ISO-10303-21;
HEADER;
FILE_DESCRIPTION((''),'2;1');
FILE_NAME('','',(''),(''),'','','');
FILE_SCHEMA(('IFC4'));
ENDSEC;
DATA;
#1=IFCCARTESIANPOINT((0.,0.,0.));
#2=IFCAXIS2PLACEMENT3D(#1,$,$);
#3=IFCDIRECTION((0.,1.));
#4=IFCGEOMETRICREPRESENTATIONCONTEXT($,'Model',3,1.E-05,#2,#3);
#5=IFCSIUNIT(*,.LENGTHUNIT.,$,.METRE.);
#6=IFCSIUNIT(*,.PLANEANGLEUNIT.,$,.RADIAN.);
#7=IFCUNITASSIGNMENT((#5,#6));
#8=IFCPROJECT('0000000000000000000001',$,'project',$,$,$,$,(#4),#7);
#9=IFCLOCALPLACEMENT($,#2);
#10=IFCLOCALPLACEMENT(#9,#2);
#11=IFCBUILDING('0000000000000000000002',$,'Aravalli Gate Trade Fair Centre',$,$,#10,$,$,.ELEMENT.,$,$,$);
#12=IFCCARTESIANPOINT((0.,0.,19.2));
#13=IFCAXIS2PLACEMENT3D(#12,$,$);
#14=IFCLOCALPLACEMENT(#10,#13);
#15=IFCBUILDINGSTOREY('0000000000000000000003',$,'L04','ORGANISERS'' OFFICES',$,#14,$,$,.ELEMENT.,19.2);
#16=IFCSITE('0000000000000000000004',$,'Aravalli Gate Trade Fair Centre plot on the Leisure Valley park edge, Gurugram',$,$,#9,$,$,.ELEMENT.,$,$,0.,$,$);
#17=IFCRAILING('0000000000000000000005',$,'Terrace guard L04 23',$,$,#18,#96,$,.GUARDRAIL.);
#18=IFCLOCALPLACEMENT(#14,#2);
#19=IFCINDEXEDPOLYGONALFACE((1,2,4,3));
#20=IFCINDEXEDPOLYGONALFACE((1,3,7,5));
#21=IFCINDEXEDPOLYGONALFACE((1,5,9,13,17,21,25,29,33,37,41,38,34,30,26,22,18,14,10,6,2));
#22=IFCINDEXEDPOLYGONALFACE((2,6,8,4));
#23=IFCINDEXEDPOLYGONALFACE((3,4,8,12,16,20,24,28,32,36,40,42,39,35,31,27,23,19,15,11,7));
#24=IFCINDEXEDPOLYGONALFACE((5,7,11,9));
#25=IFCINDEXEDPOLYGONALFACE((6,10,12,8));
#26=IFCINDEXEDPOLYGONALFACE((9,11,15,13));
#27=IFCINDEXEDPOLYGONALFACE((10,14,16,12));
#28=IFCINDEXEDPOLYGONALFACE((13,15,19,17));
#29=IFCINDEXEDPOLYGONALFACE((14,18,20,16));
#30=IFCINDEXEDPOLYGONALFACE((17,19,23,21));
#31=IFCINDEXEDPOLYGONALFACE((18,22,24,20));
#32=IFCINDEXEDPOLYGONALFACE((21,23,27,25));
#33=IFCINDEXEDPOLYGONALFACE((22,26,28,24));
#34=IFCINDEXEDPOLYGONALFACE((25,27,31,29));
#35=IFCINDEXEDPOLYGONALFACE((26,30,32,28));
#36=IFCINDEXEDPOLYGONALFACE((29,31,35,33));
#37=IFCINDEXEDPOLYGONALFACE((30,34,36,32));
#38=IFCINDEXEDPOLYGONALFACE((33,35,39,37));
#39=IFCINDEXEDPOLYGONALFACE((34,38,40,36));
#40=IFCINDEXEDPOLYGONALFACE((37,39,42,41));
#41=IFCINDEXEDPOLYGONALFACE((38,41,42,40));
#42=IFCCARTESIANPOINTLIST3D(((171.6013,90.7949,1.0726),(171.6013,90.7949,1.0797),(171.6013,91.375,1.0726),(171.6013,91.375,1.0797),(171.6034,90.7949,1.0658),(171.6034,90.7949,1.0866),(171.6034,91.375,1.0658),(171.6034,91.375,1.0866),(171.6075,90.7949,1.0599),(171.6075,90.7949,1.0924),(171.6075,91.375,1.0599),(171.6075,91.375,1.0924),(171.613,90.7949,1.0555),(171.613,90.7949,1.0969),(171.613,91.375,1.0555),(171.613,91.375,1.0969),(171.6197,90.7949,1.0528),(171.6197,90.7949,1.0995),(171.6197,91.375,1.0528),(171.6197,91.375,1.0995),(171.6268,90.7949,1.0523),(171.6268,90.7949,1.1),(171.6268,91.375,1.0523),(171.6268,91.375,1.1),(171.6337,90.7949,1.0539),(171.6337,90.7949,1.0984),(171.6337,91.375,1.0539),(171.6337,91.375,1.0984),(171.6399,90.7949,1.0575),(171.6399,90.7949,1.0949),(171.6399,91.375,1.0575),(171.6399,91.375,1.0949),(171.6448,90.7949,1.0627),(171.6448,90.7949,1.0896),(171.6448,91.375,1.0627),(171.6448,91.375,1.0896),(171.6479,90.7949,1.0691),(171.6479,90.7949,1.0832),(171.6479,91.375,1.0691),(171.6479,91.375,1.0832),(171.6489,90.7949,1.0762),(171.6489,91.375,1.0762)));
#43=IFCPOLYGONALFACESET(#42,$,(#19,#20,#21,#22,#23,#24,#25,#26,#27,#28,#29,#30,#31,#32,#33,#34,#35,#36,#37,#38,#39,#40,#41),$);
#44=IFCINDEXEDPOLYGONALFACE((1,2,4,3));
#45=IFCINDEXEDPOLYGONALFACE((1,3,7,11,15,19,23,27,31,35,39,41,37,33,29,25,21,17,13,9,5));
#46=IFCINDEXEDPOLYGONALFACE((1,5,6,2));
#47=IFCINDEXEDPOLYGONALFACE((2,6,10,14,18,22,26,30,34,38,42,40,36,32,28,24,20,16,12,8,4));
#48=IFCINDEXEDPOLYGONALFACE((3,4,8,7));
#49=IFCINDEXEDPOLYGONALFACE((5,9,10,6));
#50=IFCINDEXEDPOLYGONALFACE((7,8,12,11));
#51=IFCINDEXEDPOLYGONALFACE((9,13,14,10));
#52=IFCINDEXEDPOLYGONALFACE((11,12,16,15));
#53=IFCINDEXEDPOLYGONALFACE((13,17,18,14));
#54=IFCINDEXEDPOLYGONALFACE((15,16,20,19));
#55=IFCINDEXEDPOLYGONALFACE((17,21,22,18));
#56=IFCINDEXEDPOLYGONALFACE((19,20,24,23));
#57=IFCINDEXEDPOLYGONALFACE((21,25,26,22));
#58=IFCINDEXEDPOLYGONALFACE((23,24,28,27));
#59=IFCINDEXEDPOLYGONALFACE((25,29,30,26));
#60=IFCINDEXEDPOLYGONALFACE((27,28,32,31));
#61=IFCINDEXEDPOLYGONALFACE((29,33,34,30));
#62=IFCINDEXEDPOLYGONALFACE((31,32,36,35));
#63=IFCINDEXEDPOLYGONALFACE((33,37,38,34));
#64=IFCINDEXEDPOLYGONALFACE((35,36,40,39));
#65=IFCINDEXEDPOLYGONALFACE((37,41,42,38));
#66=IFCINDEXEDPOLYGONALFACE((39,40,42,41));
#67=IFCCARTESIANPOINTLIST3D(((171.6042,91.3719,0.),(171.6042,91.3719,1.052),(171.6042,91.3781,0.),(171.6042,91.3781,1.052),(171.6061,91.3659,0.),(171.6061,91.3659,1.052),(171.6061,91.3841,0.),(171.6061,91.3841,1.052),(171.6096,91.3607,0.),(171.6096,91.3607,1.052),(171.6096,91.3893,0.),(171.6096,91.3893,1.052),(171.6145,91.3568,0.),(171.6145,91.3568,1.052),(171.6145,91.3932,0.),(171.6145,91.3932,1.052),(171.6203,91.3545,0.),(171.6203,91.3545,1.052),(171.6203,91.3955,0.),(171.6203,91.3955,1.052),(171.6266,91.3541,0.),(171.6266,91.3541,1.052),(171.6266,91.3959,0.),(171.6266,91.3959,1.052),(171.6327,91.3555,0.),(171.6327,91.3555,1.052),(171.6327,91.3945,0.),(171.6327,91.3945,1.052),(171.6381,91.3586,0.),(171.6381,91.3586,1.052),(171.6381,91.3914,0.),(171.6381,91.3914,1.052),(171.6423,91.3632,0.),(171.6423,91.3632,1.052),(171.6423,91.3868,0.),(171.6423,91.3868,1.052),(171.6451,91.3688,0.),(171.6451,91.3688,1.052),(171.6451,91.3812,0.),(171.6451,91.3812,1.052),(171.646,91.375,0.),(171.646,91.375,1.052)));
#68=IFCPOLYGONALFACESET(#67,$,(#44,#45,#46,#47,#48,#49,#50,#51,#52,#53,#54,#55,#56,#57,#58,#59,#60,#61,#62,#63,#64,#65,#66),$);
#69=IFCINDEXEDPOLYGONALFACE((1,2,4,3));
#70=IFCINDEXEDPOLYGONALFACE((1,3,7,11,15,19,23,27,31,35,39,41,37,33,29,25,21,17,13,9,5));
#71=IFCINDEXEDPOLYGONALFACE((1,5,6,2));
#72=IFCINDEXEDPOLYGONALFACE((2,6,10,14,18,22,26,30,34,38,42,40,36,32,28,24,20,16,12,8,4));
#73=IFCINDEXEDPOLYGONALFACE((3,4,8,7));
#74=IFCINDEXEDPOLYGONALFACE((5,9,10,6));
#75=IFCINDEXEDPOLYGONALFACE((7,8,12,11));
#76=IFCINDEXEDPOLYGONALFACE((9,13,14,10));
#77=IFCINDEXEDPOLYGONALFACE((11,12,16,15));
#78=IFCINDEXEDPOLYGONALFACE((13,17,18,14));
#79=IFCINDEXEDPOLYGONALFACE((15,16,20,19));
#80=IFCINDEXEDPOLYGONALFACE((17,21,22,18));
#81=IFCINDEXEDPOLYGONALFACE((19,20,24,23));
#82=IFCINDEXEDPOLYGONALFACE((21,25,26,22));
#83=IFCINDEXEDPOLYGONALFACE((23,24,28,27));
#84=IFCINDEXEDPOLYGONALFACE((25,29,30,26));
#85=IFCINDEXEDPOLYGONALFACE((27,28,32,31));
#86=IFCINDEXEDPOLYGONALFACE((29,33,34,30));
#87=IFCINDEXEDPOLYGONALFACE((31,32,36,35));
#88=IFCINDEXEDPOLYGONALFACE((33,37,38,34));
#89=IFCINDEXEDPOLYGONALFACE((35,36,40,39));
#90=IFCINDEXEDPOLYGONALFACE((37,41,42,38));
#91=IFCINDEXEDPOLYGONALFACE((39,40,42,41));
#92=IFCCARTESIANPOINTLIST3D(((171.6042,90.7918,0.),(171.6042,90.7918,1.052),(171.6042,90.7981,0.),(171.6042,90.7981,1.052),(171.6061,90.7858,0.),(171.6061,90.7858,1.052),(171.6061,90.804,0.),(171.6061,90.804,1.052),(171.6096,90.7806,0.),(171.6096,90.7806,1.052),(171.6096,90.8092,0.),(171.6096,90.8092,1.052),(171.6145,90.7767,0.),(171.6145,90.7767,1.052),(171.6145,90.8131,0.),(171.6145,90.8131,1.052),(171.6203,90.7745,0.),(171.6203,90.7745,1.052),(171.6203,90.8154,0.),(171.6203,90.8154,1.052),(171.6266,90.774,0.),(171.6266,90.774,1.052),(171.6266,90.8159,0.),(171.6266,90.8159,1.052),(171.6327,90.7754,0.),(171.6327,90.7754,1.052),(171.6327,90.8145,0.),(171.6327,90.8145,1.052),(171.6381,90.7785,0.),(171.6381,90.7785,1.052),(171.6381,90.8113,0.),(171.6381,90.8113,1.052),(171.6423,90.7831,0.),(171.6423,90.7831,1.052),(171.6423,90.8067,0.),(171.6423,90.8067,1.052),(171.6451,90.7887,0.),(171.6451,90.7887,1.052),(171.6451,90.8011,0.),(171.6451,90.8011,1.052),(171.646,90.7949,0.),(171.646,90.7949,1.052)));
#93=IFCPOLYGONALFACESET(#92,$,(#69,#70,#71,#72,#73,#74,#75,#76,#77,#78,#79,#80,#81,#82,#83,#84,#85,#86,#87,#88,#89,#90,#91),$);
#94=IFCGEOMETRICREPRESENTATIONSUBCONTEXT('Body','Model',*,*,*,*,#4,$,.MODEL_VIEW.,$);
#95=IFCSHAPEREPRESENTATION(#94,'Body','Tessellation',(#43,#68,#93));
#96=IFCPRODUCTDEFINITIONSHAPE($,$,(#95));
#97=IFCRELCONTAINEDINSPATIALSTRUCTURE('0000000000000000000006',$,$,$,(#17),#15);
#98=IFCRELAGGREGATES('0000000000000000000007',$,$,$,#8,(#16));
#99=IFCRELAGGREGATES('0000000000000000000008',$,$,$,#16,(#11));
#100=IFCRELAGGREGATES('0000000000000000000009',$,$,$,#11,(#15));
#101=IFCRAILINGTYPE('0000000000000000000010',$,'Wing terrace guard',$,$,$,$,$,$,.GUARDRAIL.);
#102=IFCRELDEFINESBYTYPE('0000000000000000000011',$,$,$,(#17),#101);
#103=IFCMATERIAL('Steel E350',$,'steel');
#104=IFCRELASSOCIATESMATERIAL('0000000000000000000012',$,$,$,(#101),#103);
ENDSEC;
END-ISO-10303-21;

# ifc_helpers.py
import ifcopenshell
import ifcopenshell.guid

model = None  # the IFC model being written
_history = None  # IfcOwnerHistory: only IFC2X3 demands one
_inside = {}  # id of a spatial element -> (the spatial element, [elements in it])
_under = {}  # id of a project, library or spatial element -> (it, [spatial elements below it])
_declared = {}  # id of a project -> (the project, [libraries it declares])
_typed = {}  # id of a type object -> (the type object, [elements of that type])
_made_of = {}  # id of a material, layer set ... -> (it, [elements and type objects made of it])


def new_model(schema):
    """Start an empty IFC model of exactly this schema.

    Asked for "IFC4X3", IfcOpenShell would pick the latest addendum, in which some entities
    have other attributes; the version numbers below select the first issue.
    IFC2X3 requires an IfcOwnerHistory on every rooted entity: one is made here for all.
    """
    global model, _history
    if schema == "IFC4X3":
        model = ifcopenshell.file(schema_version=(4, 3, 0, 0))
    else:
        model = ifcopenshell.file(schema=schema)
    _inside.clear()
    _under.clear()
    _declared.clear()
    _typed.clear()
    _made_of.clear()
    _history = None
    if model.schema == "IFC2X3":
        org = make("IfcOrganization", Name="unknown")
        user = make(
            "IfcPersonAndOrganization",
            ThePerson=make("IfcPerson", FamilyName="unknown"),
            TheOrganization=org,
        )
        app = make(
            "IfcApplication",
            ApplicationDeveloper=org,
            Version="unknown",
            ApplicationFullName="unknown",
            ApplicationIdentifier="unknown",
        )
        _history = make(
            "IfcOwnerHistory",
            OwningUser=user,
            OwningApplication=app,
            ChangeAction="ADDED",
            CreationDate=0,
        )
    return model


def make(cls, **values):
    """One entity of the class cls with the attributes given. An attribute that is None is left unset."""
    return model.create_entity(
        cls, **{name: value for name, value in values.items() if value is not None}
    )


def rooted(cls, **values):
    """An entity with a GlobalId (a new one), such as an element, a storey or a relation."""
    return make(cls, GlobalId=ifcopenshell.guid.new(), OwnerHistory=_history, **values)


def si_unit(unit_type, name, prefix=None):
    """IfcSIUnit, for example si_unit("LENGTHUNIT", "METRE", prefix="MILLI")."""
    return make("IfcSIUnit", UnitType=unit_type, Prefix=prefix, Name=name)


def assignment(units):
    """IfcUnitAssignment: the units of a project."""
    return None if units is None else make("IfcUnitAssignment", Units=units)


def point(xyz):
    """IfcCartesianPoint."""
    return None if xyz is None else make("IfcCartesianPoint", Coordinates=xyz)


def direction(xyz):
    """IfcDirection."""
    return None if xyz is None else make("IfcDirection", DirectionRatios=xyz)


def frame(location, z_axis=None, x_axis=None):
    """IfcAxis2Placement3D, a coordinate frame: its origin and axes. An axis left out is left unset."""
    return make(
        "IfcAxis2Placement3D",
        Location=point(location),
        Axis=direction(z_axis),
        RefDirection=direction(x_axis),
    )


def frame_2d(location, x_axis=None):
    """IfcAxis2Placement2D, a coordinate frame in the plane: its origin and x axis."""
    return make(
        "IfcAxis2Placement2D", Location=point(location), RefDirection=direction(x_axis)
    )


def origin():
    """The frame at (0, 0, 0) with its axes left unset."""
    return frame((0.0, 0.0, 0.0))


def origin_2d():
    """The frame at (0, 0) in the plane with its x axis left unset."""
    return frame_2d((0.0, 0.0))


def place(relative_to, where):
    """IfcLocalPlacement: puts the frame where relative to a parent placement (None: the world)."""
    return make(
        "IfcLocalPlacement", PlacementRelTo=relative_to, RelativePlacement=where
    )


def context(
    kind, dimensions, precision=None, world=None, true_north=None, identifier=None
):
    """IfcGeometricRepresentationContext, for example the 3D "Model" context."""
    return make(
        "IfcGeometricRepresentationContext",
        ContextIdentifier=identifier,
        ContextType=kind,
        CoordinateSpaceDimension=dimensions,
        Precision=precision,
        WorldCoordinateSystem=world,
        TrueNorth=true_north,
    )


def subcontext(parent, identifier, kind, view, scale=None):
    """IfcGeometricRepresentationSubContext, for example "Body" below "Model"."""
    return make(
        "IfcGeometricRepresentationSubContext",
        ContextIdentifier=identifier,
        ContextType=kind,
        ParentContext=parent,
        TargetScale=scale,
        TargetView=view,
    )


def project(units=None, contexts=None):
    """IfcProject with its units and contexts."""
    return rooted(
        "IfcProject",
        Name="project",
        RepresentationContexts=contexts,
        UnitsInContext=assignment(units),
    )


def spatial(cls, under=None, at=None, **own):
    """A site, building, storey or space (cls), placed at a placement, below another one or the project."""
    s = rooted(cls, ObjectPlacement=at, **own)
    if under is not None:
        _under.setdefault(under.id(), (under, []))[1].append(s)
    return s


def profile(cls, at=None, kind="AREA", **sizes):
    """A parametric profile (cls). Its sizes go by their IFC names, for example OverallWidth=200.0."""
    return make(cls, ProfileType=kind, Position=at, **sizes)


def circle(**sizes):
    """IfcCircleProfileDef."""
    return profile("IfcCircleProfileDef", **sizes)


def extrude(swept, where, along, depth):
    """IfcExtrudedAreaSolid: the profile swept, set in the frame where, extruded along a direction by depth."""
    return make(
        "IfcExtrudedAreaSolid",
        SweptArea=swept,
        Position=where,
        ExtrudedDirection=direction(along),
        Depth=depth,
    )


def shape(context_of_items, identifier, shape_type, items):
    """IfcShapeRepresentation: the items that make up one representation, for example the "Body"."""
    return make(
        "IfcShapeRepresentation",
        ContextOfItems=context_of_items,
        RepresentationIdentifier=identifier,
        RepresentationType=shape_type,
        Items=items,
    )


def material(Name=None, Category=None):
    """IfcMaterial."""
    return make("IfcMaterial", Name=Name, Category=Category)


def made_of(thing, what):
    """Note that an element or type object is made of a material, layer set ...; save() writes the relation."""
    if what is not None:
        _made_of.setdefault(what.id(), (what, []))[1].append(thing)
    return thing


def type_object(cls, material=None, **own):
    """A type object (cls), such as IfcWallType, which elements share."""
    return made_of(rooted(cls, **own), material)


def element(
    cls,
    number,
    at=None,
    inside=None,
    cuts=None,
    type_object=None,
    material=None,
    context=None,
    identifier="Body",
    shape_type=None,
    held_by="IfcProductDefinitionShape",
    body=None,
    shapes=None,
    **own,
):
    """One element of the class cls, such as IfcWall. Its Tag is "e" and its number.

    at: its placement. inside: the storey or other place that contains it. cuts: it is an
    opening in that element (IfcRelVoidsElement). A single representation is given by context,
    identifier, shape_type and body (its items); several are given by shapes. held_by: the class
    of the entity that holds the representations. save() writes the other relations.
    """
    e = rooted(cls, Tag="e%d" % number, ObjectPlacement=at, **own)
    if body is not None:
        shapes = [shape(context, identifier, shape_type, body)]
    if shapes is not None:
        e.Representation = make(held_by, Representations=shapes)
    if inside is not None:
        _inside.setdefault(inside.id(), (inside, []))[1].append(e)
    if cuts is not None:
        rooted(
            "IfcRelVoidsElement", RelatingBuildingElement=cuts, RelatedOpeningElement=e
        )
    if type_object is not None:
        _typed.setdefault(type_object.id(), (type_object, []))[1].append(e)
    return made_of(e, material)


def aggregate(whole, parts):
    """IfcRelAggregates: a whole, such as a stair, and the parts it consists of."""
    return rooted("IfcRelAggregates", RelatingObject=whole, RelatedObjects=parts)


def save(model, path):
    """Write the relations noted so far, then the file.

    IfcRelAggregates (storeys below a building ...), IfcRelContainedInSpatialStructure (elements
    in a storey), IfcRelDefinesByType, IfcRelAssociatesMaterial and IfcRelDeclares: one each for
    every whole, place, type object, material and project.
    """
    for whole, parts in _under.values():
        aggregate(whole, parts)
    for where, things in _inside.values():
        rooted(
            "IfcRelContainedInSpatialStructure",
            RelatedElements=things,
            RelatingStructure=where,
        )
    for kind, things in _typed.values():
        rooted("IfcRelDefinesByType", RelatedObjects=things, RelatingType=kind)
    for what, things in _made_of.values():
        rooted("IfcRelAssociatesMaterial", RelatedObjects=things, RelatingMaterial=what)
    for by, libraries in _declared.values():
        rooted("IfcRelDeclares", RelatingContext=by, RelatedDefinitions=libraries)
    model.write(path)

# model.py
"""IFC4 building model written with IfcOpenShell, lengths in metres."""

from ifc_helpers import new_model, si_unit, direction, frame, origin, origin_2d, place, context, subcontext, project, spatial, circle, extrude, material, type_object, element, save


model = new_model("IFC4")

# Units and contexts
model_context = context("Model", 3, precision=1e-05, world=origin(), true_north=direction((0.0, 1.0)))
body_context = subcontext(model_context, "Body", "Model", "MODEL_VIEW")
ifc_project = project(units=[si_unit("LENGTHUNIT", "METRE"), si_unit("PLANEANGLEUNIT", "RADIAN")], contexts=[model_context])

# Site, building, storey
site_placement = place(None, origin())
site = spatial("IfcSite", under=ifc_project, at=site_placement, Name="Aravalli Gate Trade Fair Centre plot on the Leisure Valley park edge, Gurugram", CompositionType="ELEMENT", RefElevation=0.0)
building_placement = place(site_placement, origin())
building = spatial("IfcBuilding", under=site, at=building_placement, Name="Aravalli Gate Trade Fair Centre", CompositionType="ELEMENT")
storey_placement = place(building_placement, frame((0.0, 0.0, 19.2)))
storey = spatial("IfcBuildingStorey", under=building, at=storey_placement, Name="L04", Description="ORGANISERS' OFFICES", CompositionType="ELEMENT", Elevation=19.2)

# Railing
ifc_material_1 = material(Name="Steel E350", Category="steel")
railing_type = type_object("IfcRailingType", Name="Wing terrace guard", PredefinedType="GUARDRAIL", material=ifc_material_1)
railing_1_placement = place(storey_placement, frame((171.625, 91.375, 0.0)))
element("IfcRailing", 1, at=railing_1_placement, inside=storey, type_object=railing_type, Name="Terrace guard L04 23", PredefinedType="GUARDRAIL", context=body_context, shape_type="SweptSolid", body=[
    extrude(circle(Radius=0.0239, at=origin_2d()), frame((0.0, 0.0, 1.0762), z_axis=(0.0, -1.0, 0.0), x_axis=(1.0, 0.0, 0.0)), (0.0, 0.0, 1.0), 0.5801),
    extrude(circle(Radius=0.021, at=origin_2d()), origin(), (0.0, 0.0, 1.0), 1.052),
    extrude(circle(Radius=0.021, at=origin_2d()), frame((0.0, -0.5801, 0.0)), (0.0, 0.0, 1.0), 1.052),
])

save(model, "model.ifc")
